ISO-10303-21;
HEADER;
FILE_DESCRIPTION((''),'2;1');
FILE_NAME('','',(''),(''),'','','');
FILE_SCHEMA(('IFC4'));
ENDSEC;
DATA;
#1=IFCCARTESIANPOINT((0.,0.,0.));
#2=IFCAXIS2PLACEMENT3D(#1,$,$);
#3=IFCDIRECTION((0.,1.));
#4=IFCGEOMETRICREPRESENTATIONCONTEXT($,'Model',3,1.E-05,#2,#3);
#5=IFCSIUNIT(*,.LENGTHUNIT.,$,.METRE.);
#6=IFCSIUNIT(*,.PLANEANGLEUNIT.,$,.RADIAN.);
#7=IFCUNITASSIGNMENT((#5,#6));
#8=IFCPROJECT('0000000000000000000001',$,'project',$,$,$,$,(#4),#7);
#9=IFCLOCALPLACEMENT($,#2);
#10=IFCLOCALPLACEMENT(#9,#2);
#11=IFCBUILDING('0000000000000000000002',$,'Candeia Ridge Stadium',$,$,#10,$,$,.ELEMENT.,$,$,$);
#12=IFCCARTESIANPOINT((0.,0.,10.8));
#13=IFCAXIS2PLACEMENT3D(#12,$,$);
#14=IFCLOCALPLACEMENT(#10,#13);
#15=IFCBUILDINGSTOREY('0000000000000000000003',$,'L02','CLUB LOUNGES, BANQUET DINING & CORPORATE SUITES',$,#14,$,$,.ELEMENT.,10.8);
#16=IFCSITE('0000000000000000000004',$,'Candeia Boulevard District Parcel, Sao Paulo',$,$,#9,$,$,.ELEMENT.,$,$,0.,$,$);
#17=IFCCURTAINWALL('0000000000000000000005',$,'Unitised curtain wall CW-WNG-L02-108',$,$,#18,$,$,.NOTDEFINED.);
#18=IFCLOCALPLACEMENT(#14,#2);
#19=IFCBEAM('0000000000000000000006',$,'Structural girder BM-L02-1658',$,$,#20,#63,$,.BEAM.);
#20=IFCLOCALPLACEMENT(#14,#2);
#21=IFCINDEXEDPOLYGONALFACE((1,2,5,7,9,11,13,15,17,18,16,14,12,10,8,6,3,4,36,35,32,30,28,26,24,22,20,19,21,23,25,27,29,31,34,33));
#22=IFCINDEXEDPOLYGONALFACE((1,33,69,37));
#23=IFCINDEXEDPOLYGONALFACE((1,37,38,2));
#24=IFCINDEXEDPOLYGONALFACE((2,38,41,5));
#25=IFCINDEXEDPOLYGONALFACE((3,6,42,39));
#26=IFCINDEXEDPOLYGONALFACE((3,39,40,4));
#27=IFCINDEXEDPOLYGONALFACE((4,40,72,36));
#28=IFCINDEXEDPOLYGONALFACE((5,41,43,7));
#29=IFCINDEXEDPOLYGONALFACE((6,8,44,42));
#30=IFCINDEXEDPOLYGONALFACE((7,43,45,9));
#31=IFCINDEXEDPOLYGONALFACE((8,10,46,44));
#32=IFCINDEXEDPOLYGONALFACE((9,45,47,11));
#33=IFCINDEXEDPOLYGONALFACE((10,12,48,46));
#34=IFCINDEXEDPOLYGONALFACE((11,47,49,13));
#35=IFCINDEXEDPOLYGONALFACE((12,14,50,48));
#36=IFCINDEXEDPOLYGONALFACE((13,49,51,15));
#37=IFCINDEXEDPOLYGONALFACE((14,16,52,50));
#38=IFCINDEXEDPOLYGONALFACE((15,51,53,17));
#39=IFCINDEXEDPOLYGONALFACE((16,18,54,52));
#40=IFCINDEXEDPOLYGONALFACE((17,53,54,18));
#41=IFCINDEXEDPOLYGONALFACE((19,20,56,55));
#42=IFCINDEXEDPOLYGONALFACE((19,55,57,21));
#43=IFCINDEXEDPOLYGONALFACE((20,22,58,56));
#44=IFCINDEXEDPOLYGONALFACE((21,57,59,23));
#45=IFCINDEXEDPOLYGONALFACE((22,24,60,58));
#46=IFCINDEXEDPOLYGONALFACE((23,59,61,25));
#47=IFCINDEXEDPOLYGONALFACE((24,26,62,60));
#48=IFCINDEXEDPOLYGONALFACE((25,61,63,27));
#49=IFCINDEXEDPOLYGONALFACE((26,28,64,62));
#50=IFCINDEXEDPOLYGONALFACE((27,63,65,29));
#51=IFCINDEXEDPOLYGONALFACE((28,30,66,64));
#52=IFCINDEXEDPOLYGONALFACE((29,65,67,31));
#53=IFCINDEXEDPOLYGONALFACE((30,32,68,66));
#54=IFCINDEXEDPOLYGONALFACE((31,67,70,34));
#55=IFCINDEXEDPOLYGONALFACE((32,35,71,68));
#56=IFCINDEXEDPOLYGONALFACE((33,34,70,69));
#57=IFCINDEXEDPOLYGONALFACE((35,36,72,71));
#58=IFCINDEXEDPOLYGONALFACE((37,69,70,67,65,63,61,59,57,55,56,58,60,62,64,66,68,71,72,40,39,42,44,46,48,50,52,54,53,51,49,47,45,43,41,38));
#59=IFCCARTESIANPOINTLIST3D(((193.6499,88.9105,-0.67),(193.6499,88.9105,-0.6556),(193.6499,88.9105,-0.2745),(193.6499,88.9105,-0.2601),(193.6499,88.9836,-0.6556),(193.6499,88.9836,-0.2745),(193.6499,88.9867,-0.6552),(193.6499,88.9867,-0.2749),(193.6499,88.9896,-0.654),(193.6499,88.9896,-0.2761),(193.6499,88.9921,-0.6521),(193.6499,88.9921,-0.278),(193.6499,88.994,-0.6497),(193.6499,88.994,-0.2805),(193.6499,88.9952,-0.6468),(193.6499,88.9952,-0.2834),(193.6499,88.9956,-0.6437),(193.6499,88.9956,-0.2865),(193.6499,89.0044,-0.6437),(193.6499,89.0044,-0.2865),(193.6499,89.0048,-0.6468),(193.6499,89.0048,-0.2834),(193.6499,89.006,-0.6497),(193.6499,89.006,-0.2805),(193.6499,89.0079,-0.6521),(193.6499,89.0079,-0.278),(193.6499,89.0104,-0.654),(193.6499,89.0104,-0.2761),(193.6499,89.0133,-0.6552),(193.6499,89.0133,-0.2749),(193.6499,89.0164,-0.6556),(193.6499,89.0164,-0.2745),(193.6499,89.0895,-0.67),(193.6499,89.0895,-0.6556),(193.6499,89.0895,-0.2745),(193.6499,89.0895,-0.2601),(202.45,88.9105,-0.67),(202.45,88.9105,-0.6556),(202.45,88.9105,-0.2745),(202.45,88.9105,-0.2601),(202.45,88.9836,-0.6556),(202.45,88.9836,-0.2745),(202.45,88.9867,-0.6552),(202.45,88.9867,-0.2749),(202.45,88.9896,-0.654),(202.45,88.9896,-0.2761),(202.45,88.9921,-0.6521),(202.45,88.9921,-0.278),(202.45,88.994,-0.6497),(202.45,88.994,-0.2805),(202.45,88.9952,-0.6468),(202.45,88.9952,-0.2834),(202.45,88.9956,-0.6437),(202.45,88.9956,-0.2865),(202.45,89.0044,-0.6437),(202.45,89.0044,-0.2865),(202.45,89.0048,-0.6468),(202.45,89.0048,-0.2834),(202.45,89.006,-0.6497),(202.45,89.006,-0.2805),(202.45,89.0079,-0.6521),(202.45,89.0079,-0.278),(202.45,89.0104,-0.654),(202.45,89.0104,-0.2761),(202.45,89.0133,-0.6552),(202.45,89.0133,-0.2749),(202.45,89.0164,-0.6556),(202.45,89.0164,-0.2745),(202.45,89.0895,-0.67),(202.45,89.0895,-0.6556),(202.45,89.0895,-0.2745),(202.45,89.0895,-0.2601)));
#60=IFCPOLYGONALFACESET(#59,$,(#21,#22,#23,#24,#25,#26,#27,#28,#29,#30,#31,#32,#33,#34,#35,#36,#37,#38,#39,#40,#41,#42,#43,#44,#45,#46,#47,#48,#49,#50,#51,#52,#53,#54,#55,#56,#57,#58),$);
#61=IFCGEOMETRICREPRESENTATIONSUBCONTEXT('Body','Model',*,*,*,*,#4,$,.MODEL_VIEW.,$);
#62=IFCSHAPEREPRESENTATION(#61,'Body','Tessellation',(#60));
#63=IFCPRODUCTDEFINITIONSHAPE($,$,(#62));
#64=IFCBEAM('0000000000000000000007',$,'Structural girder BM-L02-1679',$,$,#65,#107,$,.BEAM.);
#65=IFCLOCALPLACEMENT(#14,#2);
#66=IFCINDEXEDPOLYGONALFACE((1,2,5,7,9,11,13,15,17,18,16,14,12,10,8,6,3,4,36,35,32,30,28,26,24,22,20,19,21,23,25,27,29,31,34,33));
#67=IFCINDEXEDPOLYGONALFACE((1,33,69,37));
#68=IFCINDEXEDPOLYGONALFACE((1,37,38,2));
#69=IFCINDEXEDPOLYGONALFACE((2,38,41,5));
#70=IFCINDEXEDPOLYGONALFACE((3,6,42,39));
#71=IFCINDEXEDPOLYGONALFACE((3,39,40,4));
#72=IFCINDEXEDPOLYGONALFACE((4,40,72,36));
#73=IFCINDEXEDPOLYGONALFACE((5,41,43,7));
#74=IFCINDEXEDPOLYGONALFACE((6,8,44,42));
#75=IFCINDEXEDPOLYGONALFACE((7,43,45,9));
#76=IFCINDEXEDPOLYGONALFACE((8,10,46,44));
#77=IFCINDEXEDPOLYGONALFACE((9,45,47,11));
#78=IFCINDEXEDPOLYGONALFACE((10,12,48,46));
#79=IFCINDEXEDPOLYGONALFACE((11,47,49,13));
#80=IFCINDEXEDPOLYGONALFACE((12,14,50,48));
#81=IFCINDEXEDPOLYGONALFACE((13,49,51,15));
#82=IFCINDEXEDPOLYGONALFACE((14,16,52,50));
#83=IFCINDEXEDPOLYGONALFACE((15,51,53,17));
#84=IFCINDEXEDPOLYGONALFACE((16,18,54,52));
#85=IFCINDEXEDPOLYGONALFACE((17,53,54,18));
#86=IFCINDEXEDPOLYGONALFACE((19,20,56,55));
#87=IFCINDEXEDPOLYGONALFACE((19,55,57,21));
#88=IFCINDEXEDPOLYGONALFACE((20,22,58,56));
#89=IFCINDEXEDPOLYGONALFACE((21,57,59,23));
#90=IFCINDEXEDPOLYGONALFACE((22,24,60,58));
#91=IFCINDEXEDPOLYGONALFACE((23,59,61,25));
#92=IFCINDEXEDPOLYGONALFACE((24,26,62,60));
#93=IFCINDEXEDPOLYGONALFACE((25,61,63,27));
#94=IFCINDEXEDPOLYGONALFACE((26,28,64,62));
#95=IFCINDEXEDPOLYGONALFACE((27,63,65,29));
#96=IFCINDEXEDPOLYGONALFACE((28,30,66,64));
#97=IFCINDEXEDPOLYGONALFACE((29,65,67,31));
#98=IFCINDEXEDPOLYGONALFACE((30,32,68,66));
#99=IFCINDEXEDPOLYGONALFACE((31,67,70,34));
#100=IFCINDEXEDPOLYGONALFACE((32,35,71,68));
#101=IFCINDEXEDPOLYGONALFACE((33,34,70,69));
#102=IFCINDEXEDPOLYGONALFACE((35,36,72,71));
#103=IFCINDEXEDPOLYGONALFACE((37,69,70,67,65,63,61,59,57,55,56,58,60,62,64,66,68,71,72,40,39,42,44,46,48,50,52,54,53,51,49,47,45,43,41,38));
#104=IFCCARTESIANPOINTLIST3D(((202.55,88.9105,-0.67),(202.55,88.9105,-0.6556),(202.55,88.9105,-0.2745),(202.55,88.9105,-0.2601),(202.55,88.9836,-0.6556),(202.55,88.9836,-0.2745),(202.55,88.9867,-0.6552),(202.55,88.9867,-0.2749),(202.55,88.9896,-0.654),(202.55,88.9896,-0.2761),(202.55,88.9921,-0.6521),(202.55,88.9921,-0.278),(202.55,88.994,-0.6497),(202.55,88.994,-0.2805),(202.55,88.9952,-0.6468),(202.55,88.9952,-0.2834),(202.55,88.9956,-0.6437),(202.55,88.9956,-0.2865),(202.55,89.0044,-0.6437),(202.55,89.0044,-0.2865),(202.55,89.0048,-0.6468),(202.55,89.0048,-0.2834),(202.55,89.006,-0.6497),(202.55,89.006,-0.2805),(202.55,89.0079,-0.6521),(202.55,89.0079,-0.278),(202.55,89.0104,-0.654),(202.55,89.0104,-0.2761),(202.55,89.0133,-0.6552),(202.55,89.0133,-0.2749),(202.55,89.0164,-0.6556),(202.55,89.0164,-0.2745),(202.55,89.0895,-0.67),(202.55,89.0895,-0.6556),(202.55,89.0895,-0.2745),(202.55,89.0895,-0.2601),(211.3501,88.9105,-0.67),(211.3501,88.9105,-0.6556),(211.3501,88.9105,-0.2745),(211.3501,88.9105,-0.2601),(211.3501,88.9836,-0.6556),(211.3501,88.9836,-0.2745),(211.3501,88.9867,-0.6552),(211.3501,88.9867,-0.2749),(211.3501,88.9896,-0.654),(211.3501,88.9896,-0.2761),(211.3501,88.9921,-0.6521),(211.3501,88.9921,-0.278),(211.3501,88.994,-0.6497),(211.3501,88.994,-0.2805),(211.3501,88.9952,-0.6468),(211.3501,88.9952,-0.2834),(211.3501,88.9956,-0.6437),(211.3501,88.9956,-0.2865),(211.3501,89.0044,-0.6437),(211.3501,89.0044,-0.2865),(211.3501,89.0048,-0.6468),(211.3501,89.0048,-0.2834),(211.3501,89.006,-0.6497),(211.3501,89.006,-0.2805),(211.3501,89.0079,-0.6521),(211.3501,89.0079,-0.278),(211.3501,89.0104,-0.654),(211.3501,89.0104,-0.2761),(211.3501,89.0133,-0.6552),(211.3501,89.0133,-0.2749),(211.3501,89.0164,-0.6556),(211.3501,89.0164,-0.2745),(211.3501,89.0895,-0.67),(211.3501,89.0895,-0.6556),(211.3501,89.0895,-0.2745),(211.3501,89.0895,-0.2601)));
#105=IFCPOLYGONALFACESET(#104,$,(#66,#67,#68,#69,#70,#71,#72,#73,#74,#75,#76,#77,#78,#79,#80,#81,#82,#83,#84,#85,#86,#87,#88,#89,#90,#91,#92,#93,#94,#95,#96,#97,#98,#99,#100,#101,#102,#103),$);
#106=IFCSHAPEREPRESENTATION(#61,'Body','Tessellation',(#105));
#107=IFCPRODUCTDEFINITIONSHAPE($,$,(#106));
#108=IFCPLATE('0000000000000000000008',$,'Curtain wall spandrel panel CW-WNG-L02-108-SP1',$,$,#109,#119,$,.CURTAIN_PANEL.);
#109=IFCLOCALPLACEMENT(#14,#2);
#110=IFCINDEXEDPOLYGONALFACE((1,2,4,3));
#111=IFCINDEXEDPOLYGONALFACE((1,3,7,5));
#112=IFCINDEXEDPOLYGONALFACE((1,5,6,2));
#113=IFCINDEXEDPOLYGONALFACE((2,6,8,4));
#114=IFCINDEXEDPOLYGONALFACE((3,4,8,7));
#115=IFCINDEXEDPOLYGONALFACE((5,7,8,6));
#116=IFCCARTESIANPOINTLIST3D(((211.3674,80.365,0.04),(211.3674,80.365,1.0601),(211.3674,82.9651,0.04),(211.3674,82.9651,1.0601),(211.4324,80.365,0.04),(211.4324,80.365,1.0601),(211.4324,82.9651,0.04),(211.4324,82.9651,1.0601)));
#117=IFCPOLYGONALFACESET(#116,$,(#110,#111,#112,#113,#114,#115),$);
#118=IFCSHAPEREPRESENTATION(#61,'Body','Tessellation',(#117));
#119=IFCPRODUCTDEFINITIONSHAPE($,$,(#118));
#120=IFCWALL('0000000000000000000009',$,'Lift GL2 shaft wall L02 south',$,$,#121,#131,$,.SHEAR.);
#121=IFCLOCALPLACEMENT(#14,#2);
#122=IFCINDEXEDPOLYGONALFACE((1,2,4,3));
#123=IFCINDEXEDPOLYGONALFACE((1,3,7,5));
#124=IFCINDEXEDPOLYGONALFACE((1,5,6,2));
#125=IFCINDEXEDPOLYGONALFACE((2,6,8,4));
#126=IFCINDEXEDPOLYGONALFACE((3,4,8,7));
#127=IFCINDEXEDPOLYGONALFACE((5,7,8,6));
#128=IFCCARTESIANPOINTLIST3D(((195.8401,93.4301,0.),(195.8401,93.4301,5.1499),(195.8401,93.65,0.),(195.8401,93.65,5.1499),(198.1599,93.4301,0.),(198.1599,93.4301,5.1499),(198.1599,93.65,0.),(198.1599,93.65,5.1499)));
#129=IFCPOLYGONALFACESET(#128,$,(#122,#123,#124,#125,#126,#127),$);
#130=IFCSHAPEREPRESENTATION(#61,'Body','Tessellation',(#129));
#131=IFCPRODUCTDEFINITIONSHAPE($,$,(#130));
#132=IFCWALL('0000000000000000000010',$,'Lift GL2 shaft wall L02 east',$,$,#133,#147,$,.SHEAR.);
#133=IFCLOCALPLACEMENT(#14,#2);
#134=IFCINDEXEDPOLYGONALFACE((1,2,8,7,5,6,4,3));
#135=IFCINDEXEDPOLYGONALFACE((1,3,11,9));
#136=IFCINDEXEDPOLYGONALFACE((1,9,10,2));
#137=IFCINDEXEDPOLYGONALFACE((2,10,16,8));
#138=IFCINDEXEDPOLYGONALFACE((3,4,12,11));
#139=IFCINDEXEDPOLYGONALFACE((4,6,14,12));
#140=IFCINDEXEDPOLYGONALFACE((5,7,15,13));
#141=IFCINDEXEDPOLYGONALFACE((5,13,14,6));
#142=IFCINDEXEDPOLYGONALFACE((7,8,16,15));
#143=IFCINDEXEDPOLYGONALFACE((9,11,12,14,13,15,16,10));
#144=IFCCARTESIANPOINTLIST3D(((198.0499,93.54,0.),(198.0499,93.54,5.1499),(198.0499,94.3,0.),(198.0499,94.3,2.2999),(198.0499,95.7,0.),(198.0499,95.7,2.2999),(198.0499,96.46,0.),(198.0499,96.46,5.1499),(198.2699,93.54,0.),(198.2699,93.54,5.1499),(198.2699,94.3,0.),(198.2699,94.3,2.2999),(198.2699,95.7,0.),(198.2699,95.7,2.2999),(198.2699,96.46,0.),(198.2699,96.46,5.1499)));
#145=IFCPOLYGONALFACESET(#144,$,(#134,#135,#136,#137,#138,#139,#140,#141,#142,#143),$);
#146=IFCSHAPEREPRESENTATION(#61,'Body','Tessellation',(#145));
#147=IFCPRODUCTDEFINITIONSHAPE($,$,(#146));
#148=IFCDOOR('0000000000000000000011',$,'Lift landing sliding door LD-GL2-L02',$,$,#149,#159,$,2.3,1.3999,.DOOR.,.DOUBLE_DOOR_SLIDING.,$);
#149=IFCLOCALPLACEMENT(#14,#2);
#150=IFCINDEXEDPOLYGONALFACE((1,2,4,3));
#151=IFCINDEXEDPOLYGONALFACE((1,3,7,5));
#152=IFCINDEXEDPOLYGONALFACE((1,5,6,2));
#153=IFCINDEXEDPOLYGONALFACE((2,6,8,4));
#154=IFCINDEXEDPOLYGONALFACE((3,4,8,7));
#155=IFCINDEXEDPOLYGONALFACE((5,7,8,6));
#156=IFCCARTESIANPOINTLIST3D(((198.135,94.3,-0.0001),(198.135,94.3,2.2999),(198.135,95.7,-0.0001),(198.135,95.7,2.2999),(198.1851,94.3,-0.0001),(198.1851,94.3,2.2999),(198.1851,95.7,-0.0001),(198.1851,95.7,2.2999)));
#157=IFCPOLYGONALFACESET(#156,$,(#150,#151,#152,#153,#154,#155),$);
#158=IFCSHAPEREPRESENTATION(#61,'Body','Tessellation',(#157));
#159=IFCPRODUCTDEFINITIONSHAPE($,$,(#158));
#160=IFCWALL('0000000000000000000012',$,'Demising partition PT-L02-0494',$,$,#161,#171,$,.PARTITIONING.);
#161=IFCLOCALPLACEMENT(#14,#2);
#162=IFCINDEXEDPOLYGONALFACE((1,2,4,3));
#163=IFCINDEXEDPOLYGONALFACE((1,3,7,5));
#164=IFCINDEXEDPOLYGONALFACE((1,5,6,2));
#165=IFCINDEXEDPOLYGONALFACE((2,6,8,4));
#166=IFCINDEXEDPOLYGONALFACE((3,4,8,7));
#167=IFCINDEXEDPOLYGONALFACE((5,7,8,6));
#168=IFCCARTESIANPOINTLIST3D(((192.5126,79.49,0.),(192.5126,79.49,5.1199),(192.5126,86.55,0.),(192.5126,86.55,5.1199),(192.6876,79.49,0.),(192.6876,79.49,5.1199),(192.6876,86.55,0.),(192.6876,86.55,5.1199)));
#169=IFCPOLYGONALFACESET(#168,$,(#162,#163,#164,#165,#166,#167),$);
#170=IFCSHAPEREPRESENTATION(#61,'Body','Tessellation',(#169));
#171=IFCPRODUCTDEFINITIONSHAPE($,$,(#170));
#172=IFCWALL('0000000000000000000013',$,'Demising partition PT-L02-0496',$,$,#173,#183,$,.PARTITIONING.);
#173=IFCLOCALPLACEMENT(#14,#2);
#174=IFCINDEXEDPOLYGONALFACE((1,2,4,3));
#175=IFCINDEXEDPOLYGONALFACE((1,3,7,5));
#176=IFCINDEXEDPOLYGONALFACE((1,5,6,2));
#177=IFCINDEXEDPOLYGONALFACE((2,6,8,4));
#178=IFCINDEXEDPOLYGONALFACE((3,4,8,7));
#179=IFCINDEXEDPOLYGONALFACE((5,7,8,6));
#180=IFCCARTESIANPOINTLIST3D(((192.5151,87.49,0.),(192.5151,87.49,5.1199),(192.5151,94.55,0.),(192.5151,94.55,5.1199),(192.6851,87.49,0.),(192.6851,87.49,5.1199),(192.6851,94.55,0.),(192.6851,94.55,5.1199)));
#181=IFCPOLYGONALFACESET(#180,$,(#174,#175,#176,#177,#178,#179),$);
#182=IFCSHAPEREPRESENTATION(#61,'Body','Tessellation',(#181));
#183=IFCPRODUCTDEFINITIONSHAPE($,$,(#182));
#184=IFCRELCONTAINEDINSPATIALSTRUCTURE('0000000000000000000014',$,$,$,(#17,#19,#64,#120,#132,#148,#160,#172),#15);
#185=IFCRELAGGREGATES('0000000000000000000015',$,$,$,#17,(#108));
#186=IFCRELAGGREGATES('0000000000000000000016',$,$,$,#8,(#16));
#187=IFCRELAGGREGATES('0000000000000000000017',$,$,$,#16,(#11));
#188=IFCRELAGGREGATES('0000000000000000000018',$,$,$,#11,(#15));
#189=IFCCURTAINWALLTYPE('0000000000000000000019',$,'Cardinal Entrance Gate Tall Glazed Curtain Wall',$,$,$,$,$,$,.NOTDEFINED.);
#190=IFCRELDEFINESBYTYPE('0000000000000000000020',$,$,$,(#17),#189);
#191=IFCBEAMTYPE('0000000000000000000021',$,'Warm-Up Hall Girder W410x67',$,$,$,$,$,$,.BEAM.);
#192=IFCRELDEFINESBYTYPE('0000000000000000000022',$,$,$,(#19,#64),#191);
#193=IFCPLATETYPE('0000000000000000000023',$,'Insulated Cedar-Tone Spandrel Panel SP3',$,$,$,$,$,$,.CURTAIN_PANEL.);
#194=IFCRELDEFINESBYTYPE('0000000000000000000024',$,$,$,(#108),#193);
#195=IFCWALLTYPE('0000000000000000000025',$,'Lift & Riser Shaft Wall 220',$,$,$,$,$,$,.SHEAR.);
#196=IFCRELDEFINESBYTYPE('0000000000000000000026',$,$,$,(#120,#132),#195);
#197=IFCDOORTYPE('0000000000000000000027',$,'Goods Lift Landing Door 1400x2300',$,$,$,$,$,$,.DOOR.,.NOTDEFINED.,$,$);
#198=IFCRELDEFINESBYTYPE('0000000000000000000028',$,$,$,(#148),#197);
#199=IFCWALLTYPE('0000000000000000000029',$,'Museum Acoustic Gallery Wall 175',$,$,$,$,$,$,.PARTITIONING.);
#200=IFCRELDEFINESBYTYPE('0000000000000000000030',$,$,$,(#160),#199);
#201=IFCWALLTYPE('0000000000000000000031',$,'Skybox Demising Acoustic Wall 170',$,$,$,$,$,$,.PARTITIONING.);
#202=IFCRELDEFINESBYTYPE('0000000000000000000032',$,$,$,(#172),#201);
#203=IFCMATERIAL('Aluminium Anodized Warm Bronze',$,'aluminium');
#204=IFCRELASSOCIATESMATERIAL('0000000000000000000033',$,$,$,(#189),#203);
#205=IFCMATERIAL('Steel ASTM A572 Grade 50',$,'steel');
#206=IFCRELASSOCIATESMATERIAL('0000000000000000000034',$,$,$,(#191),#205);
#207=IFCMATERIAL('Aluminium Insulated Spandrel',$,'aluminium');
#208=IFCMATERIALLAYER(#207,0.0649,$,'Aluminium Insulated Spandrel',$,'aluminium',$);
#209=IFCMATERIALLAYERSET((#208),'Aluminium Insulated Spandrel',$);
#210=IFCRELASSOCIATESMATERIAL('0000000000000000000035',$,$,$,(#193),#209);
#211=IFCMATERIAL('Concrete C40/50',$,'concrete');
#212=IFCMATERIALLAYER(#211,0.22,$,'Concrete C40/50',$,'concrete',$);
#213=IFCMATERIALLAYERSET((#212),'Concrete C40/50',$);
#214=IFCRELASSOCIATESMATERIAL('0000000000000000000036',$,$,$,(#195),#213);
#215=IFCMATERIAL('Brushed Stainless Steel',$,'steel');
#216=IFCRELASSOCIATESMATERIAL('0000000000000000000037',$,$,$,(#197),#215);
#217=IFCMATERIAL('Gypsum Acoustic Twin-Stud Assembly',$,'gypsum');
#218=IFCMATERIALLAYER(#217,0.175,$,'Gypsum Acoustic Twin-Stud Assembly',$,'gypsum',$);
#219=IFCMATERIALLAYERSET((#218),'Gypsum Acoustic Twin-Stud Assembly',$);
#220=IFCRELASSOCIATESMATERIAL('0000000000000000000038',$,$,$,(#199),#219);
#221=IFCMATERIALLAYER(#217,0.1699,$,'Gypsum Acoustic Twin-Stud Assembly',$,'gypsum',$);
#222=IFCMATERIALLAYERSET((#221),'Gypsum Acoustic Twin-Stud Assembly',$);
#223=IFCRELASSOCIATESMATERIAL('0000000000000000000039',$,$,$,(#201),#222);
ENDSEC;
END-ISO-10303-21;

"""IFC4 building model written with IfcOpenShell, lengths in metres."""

from ifc_helpers import new_model, si_unit, direction, frame, frame_2d, origin, origin_2d, place, context, subcontext, project, spatial, rectangle, i_section, extrude, material, layer, layer_set, material_profile, profile_set, type_object, element, fill, aggregate, save


model = new_model("IFC4")

# Units and contexts
model_context = context("Model", 3, precision=1e-05, world=origin(), true_north=direction((0.0, 1.0)))
body_context = subcontext(model_context, "Body", "Model", "MODEL_VIEW")
ifc_project = project(units=[si_unit("LENGTHUNIT", "METRE"), si_unit("PLANEANGLEUNIT", "RADIAN")], contexts=[model_context])

# Site, building, storey
site_placement = place(None, origin())
site = spatial("IfcSite", under=ifc_project, at=site_placement, Name="Candeia Boulevard District Parcel, Sao Paulo", CompositionType="ELEMENT", RefElevation=0.0)
building_placement = place(site_placement, origin())
building = spatial("IfcBuilding", under=site, at=building_placement, Name="Candeia Ridge Stadium", CompositionType="ELEMENT")
storey_placement = place(building_placement, frame((0.0, 0.0, 10.8)))
storey = spatial("IfcBuildingStorey", under=building, at=storey_placement, Name="L02", Description="CLUB LOUNGES, BANQUET DINING & CORPORATE SUITES", CompositionType="ELEMENT", Elevation=10.8)

# Shared definitions
ifc_material_1 = material(Name="Concrete C40/50", Category="concrete")

# Curtain wall
ifc_material_2 = material(Name="Aluminium Anodized Warm Bronze", Category="aluminium")
curtain_wall_type = type_object("IfcCurtainWallType", Name="Cardinal Entrance Gate Tall Glazed Curtain Wall", PredefinedType="NOTDEFINED", material=ifc_material_2)
curtain_wall_placement = place(storey_placement, origin())
curtain_wall = element("IfcCurtainWall", 1, at=curtain_wall_placement, inside=storey, type_object=curtain_wall_type, Name="Unitised curtain wall CW-WNG-L02-108", PredefinedType="NOTDEFINED")

# Beams
ifc_material_3 = material(Name="Steel ASTM A572 Grade 50", Category="steel")
ifc_material_profile_1 = material_profile(ifc_material_3, i_section(OverallWidth=0.179, OverallDepth=0.4099, WebThickness=0.0088, FlangeThickness=0.0144, FilletRadius=0.012, at=origin_2d()), Name="W410x67", Category="steel")
ifc_profile_set_1 = profile_set([ifc_material_profile_1], Name="Steel ASTM A572 Grade 50")
beam_type_1 = type_object("IfcBeamType", Name="Warm-Up Hall Girder W410x67", PredefinedType="BEAM", material=ifc_profile_set_1)
for number, where, z_axis, x_axis, name in (
    (2, (193.6499, 89.0, -0.4651), (1.0, 0.0, 0.0), (0.0, 1.0, 0.0), "Structural girder BM-L02-1658"),
    (3, (202.55, 89.0, -0.4651), (1.0, 0.0, 0.0), (0.0, 1.0, 0.0), "Structural girder BM-L02-1679"),
):
    element("IfcBeam", number, at=place(storey_placement, frame(where, z_axis=z_axis, x_axis=x_axis)), inside=storey, type_object=beam_type_1, Name=name, PredefinedType="BEAM", context=body_context, shape_type="SweptSolid", body=[
        extrude(i_section(OverallWidth=0.179, OverallDepth=0.4099, WebThickness=0.0088, FlangeThickness=0.0144, FilletRadius=0.012, at=origin_2d()), origin(), (0.0, 0.0, 1.0), 8.8),
    ])

# Plate
ifc_material_4 = material(Name="Aluminium Insulated Spandrel", Category="aluminium")
ifc_layer_1 = layer(ifc_material_4, 0.0649, Name="Aluminium Insulated Spandrel", Category="aluminium")
ifc_layer_set_1 = layer_set([ifc_layer_1], Name="Aluminium Insulated Spandrel")
plate_type = type_object("IfcPlateType", Name="Insulated Cedar-Tone Spandrel Panel SP3", PredefinedType="CURTAIN_PANEL", material=ifc_layer_set_1)
plate_placement = place(storey_placement, frame((211.3999, 81.665, 0.04), z_axis=(0.0, 0.0, 1.0), x_axis=(0.0, 1.0, 0.0)))
plate = element("IfcPlate", 4, at=plate_placement, type_object=plate_type, Name="Curtain wall spandrel panel CW-WNG-L02-108-SP1", PredefinedType="CURTAIN_PANEL", context=body_context, shape_type="SweptSolid", body=[
    extrude(rectangle(XDim=2.6001, YDim=0.0649, at=origin_2d()), origin(), (0.0, 0.0, 1.0), 1.02),
])
aggregate(curtain_wall, [plate])

# Wall
ifc_layer_2 = layer(ifc_material_1, 0.22, Name="Concrete C40/50", Category="concrete")
ifc_layer_set_2 = layer_set([ifc_layer_2], Name="Concrete C40/50")
wall_type_1 = type_object("IfcWallType", Name="Lift & Riser Shaft Wall 220", PredefinedType="SHEAR", material=ifc_layer_set_2)
wall_1_placement = place(storey_placement, frame((195.8401, 93.54, 0.0), z_axis=(0.0, 0.0, 1.0), x_axis=(1.0, 0.0, 0.0)))
element("IfcWall", 5, at=wall_1_placement, inside=storey, type_object=wall_type_1, Name="Lift GL2 shaft wall L02 south", PredefinedType="SHEAR", context=body_context, shape_type="SweptSolid", body=[
    extrude(rectangle(XDim=2.3198, YDim=0.22, at=frame_2d((1.1599, 0.0))), origin(), (0.0, 0.0, 1.0), 5.1499),
])

# Wall, opening, door
wall_2_placement = place(storey_placement, frame((198.1599, 93.54, 0.0), z_axis=(0.0, 0.0, 1.0), x_axis=(0.0, 1.0, 0.0)))
wall_2 = element("IfcWall", 6, at=wall_2_placement, inside=storey, type_object=wall_type_1, Name="Lift GL2 shaft wall L02 east", PredefinedType="SHEAR", context=body_context, shape_type="SweptSolid", body=[
    extrude(rectangle(XDim=2.9199, YDim=0.22, at=frame_2d((1.46, 0.0))), origin(), (0.0, 0.0, 1.0), 5.1499),
])
opening_placement = place(wall_2_placement, frame((0.76, 0.0, 0.0)))
opening = element("IfcOpeningElement", 7, at=opening_placement, cuts=wall_2, PredefinedType="OPENING", context=body_context, shape_type="SweptSolid", body=[
    extrude(rectangle(XDim=1.3999, YDim=2.3, at=frame_2d((0.7, 1.1499))), frame((0.0, 0.1199, 0.0), z_axis=(0.0, -1.0, 0.0), x_axis=(1.0, 0.0, 0.0)), (0.0, 0.0, 1.0), 0.24),
])
ifc_material_5 = material(Name="Brushed Stainless Steel", Category="steel")
door_type = type_object("IfcDoorType", Name="Goods Lift Landing Door 1400x2300", OperationType="NOTDEFINED", PredefinedType="DOOR", material=ifc_material_5)
door_placement = place(opening_placement, origin())
door = element("IfcDoor", 8, at=door_placement, inside=storey, type_object=door_type, Name="Lift landing sliding door LD-GL2-L02", OperationType="DOUBLE_DOOR_SLIDING", OverallHeight=2.3, OverallWidth=1.3999, PredefinedType="DOOR", context=body_context, shape_type="SweptSolid", body=[
    extrude(rectangle(XDim=1.3999, YDim=2.3, at=frame_2d((0.7, 1.1499))), frame((0.0, 0.0249, 0.0), z_axis=(0.0, -1.0, 0.0), x_axis=(1.0, 0.0, 0.0)), (0.0, 0.0, 1.0), 0.05),
])
fill(opening, door)

# Walls
ifc_material_6 = material(Name="Gypsum Acoustic Twin-Stud Assembly", Category="gypsum")
ifc_layer_3 = layer(ifc_material_6, 0.175, Name="Gypsum Acoustic Twin-Stud Assembly", Category="gypsum")
ifc_layer_set_3 = layer_set([ifc_layer_3], Name="Gypsum Acoustic Twin-Stud Assembly")
wall_type_2 = type_object("IfcWallType", Name="Museum Acoustic Gallery Wall 175", PredefinedType="PARTITIONING", material=ifc_layer_set_3)
wall_3_placement = place(storey_placement, frame((192.6001, 86.55, 0.0), z_axis=(0.0, 0.0, 1.0), x_axis=(0.0, -1.0, 0.0)))
element("IfcWall", 9, at=wall_3_placement, inside=storey, type_object=wall_type_2, Name="Demising partition PT-L02-0494", PredefinedType="PARTITIONING", context=body_context, shape_type="SweptSolid", body=[
    extrude(rectangle(XDim=7.0601, YDim=0.175, at=frame_2d((3.53, 0.0))), origin(), (0.0, 0.0, 1.0), 5.1199),
])
ifc_layer_4 = layer(ifc_material_6, 0.1699, Name="Gypsum Acoustic Twin-Stud Assembly", Category="gypsum")
ifc_layer_set_4 = layer_set([ifc_layer_4], Name="Gypsum Acoustic Twin-Stud Assembly")
wall_type_3 = type_object("IfcWallType", Name="Skybox Demising Acoustic Wall 170", PredefinedType="PARTITIONING", material=ifc_layer_set_4)
wall_4_placement = place(storey_placement, frame((192.6001, 94.55, 0.0), z_axis=(0.0, 0.0, 1.0), x_axis=(0.0, -1.0, 0.0)))
element("IfcWall", 10, at=wall_4_placement, inside=storey, type_object=wall_type_3, Name="Demising partition PT-L02-0496", PredefinedType="PARTITIONING", context=body_context, shape_type="SweptSolid", body=[
    extrude(rectangle(XDim=7.0601, YDim=0.1699, at=frame_2d((3.53, 0.0))), origin(), (0.0, 0.0, 1.0), 5.1199),
])

save(model, "model.ifc")
